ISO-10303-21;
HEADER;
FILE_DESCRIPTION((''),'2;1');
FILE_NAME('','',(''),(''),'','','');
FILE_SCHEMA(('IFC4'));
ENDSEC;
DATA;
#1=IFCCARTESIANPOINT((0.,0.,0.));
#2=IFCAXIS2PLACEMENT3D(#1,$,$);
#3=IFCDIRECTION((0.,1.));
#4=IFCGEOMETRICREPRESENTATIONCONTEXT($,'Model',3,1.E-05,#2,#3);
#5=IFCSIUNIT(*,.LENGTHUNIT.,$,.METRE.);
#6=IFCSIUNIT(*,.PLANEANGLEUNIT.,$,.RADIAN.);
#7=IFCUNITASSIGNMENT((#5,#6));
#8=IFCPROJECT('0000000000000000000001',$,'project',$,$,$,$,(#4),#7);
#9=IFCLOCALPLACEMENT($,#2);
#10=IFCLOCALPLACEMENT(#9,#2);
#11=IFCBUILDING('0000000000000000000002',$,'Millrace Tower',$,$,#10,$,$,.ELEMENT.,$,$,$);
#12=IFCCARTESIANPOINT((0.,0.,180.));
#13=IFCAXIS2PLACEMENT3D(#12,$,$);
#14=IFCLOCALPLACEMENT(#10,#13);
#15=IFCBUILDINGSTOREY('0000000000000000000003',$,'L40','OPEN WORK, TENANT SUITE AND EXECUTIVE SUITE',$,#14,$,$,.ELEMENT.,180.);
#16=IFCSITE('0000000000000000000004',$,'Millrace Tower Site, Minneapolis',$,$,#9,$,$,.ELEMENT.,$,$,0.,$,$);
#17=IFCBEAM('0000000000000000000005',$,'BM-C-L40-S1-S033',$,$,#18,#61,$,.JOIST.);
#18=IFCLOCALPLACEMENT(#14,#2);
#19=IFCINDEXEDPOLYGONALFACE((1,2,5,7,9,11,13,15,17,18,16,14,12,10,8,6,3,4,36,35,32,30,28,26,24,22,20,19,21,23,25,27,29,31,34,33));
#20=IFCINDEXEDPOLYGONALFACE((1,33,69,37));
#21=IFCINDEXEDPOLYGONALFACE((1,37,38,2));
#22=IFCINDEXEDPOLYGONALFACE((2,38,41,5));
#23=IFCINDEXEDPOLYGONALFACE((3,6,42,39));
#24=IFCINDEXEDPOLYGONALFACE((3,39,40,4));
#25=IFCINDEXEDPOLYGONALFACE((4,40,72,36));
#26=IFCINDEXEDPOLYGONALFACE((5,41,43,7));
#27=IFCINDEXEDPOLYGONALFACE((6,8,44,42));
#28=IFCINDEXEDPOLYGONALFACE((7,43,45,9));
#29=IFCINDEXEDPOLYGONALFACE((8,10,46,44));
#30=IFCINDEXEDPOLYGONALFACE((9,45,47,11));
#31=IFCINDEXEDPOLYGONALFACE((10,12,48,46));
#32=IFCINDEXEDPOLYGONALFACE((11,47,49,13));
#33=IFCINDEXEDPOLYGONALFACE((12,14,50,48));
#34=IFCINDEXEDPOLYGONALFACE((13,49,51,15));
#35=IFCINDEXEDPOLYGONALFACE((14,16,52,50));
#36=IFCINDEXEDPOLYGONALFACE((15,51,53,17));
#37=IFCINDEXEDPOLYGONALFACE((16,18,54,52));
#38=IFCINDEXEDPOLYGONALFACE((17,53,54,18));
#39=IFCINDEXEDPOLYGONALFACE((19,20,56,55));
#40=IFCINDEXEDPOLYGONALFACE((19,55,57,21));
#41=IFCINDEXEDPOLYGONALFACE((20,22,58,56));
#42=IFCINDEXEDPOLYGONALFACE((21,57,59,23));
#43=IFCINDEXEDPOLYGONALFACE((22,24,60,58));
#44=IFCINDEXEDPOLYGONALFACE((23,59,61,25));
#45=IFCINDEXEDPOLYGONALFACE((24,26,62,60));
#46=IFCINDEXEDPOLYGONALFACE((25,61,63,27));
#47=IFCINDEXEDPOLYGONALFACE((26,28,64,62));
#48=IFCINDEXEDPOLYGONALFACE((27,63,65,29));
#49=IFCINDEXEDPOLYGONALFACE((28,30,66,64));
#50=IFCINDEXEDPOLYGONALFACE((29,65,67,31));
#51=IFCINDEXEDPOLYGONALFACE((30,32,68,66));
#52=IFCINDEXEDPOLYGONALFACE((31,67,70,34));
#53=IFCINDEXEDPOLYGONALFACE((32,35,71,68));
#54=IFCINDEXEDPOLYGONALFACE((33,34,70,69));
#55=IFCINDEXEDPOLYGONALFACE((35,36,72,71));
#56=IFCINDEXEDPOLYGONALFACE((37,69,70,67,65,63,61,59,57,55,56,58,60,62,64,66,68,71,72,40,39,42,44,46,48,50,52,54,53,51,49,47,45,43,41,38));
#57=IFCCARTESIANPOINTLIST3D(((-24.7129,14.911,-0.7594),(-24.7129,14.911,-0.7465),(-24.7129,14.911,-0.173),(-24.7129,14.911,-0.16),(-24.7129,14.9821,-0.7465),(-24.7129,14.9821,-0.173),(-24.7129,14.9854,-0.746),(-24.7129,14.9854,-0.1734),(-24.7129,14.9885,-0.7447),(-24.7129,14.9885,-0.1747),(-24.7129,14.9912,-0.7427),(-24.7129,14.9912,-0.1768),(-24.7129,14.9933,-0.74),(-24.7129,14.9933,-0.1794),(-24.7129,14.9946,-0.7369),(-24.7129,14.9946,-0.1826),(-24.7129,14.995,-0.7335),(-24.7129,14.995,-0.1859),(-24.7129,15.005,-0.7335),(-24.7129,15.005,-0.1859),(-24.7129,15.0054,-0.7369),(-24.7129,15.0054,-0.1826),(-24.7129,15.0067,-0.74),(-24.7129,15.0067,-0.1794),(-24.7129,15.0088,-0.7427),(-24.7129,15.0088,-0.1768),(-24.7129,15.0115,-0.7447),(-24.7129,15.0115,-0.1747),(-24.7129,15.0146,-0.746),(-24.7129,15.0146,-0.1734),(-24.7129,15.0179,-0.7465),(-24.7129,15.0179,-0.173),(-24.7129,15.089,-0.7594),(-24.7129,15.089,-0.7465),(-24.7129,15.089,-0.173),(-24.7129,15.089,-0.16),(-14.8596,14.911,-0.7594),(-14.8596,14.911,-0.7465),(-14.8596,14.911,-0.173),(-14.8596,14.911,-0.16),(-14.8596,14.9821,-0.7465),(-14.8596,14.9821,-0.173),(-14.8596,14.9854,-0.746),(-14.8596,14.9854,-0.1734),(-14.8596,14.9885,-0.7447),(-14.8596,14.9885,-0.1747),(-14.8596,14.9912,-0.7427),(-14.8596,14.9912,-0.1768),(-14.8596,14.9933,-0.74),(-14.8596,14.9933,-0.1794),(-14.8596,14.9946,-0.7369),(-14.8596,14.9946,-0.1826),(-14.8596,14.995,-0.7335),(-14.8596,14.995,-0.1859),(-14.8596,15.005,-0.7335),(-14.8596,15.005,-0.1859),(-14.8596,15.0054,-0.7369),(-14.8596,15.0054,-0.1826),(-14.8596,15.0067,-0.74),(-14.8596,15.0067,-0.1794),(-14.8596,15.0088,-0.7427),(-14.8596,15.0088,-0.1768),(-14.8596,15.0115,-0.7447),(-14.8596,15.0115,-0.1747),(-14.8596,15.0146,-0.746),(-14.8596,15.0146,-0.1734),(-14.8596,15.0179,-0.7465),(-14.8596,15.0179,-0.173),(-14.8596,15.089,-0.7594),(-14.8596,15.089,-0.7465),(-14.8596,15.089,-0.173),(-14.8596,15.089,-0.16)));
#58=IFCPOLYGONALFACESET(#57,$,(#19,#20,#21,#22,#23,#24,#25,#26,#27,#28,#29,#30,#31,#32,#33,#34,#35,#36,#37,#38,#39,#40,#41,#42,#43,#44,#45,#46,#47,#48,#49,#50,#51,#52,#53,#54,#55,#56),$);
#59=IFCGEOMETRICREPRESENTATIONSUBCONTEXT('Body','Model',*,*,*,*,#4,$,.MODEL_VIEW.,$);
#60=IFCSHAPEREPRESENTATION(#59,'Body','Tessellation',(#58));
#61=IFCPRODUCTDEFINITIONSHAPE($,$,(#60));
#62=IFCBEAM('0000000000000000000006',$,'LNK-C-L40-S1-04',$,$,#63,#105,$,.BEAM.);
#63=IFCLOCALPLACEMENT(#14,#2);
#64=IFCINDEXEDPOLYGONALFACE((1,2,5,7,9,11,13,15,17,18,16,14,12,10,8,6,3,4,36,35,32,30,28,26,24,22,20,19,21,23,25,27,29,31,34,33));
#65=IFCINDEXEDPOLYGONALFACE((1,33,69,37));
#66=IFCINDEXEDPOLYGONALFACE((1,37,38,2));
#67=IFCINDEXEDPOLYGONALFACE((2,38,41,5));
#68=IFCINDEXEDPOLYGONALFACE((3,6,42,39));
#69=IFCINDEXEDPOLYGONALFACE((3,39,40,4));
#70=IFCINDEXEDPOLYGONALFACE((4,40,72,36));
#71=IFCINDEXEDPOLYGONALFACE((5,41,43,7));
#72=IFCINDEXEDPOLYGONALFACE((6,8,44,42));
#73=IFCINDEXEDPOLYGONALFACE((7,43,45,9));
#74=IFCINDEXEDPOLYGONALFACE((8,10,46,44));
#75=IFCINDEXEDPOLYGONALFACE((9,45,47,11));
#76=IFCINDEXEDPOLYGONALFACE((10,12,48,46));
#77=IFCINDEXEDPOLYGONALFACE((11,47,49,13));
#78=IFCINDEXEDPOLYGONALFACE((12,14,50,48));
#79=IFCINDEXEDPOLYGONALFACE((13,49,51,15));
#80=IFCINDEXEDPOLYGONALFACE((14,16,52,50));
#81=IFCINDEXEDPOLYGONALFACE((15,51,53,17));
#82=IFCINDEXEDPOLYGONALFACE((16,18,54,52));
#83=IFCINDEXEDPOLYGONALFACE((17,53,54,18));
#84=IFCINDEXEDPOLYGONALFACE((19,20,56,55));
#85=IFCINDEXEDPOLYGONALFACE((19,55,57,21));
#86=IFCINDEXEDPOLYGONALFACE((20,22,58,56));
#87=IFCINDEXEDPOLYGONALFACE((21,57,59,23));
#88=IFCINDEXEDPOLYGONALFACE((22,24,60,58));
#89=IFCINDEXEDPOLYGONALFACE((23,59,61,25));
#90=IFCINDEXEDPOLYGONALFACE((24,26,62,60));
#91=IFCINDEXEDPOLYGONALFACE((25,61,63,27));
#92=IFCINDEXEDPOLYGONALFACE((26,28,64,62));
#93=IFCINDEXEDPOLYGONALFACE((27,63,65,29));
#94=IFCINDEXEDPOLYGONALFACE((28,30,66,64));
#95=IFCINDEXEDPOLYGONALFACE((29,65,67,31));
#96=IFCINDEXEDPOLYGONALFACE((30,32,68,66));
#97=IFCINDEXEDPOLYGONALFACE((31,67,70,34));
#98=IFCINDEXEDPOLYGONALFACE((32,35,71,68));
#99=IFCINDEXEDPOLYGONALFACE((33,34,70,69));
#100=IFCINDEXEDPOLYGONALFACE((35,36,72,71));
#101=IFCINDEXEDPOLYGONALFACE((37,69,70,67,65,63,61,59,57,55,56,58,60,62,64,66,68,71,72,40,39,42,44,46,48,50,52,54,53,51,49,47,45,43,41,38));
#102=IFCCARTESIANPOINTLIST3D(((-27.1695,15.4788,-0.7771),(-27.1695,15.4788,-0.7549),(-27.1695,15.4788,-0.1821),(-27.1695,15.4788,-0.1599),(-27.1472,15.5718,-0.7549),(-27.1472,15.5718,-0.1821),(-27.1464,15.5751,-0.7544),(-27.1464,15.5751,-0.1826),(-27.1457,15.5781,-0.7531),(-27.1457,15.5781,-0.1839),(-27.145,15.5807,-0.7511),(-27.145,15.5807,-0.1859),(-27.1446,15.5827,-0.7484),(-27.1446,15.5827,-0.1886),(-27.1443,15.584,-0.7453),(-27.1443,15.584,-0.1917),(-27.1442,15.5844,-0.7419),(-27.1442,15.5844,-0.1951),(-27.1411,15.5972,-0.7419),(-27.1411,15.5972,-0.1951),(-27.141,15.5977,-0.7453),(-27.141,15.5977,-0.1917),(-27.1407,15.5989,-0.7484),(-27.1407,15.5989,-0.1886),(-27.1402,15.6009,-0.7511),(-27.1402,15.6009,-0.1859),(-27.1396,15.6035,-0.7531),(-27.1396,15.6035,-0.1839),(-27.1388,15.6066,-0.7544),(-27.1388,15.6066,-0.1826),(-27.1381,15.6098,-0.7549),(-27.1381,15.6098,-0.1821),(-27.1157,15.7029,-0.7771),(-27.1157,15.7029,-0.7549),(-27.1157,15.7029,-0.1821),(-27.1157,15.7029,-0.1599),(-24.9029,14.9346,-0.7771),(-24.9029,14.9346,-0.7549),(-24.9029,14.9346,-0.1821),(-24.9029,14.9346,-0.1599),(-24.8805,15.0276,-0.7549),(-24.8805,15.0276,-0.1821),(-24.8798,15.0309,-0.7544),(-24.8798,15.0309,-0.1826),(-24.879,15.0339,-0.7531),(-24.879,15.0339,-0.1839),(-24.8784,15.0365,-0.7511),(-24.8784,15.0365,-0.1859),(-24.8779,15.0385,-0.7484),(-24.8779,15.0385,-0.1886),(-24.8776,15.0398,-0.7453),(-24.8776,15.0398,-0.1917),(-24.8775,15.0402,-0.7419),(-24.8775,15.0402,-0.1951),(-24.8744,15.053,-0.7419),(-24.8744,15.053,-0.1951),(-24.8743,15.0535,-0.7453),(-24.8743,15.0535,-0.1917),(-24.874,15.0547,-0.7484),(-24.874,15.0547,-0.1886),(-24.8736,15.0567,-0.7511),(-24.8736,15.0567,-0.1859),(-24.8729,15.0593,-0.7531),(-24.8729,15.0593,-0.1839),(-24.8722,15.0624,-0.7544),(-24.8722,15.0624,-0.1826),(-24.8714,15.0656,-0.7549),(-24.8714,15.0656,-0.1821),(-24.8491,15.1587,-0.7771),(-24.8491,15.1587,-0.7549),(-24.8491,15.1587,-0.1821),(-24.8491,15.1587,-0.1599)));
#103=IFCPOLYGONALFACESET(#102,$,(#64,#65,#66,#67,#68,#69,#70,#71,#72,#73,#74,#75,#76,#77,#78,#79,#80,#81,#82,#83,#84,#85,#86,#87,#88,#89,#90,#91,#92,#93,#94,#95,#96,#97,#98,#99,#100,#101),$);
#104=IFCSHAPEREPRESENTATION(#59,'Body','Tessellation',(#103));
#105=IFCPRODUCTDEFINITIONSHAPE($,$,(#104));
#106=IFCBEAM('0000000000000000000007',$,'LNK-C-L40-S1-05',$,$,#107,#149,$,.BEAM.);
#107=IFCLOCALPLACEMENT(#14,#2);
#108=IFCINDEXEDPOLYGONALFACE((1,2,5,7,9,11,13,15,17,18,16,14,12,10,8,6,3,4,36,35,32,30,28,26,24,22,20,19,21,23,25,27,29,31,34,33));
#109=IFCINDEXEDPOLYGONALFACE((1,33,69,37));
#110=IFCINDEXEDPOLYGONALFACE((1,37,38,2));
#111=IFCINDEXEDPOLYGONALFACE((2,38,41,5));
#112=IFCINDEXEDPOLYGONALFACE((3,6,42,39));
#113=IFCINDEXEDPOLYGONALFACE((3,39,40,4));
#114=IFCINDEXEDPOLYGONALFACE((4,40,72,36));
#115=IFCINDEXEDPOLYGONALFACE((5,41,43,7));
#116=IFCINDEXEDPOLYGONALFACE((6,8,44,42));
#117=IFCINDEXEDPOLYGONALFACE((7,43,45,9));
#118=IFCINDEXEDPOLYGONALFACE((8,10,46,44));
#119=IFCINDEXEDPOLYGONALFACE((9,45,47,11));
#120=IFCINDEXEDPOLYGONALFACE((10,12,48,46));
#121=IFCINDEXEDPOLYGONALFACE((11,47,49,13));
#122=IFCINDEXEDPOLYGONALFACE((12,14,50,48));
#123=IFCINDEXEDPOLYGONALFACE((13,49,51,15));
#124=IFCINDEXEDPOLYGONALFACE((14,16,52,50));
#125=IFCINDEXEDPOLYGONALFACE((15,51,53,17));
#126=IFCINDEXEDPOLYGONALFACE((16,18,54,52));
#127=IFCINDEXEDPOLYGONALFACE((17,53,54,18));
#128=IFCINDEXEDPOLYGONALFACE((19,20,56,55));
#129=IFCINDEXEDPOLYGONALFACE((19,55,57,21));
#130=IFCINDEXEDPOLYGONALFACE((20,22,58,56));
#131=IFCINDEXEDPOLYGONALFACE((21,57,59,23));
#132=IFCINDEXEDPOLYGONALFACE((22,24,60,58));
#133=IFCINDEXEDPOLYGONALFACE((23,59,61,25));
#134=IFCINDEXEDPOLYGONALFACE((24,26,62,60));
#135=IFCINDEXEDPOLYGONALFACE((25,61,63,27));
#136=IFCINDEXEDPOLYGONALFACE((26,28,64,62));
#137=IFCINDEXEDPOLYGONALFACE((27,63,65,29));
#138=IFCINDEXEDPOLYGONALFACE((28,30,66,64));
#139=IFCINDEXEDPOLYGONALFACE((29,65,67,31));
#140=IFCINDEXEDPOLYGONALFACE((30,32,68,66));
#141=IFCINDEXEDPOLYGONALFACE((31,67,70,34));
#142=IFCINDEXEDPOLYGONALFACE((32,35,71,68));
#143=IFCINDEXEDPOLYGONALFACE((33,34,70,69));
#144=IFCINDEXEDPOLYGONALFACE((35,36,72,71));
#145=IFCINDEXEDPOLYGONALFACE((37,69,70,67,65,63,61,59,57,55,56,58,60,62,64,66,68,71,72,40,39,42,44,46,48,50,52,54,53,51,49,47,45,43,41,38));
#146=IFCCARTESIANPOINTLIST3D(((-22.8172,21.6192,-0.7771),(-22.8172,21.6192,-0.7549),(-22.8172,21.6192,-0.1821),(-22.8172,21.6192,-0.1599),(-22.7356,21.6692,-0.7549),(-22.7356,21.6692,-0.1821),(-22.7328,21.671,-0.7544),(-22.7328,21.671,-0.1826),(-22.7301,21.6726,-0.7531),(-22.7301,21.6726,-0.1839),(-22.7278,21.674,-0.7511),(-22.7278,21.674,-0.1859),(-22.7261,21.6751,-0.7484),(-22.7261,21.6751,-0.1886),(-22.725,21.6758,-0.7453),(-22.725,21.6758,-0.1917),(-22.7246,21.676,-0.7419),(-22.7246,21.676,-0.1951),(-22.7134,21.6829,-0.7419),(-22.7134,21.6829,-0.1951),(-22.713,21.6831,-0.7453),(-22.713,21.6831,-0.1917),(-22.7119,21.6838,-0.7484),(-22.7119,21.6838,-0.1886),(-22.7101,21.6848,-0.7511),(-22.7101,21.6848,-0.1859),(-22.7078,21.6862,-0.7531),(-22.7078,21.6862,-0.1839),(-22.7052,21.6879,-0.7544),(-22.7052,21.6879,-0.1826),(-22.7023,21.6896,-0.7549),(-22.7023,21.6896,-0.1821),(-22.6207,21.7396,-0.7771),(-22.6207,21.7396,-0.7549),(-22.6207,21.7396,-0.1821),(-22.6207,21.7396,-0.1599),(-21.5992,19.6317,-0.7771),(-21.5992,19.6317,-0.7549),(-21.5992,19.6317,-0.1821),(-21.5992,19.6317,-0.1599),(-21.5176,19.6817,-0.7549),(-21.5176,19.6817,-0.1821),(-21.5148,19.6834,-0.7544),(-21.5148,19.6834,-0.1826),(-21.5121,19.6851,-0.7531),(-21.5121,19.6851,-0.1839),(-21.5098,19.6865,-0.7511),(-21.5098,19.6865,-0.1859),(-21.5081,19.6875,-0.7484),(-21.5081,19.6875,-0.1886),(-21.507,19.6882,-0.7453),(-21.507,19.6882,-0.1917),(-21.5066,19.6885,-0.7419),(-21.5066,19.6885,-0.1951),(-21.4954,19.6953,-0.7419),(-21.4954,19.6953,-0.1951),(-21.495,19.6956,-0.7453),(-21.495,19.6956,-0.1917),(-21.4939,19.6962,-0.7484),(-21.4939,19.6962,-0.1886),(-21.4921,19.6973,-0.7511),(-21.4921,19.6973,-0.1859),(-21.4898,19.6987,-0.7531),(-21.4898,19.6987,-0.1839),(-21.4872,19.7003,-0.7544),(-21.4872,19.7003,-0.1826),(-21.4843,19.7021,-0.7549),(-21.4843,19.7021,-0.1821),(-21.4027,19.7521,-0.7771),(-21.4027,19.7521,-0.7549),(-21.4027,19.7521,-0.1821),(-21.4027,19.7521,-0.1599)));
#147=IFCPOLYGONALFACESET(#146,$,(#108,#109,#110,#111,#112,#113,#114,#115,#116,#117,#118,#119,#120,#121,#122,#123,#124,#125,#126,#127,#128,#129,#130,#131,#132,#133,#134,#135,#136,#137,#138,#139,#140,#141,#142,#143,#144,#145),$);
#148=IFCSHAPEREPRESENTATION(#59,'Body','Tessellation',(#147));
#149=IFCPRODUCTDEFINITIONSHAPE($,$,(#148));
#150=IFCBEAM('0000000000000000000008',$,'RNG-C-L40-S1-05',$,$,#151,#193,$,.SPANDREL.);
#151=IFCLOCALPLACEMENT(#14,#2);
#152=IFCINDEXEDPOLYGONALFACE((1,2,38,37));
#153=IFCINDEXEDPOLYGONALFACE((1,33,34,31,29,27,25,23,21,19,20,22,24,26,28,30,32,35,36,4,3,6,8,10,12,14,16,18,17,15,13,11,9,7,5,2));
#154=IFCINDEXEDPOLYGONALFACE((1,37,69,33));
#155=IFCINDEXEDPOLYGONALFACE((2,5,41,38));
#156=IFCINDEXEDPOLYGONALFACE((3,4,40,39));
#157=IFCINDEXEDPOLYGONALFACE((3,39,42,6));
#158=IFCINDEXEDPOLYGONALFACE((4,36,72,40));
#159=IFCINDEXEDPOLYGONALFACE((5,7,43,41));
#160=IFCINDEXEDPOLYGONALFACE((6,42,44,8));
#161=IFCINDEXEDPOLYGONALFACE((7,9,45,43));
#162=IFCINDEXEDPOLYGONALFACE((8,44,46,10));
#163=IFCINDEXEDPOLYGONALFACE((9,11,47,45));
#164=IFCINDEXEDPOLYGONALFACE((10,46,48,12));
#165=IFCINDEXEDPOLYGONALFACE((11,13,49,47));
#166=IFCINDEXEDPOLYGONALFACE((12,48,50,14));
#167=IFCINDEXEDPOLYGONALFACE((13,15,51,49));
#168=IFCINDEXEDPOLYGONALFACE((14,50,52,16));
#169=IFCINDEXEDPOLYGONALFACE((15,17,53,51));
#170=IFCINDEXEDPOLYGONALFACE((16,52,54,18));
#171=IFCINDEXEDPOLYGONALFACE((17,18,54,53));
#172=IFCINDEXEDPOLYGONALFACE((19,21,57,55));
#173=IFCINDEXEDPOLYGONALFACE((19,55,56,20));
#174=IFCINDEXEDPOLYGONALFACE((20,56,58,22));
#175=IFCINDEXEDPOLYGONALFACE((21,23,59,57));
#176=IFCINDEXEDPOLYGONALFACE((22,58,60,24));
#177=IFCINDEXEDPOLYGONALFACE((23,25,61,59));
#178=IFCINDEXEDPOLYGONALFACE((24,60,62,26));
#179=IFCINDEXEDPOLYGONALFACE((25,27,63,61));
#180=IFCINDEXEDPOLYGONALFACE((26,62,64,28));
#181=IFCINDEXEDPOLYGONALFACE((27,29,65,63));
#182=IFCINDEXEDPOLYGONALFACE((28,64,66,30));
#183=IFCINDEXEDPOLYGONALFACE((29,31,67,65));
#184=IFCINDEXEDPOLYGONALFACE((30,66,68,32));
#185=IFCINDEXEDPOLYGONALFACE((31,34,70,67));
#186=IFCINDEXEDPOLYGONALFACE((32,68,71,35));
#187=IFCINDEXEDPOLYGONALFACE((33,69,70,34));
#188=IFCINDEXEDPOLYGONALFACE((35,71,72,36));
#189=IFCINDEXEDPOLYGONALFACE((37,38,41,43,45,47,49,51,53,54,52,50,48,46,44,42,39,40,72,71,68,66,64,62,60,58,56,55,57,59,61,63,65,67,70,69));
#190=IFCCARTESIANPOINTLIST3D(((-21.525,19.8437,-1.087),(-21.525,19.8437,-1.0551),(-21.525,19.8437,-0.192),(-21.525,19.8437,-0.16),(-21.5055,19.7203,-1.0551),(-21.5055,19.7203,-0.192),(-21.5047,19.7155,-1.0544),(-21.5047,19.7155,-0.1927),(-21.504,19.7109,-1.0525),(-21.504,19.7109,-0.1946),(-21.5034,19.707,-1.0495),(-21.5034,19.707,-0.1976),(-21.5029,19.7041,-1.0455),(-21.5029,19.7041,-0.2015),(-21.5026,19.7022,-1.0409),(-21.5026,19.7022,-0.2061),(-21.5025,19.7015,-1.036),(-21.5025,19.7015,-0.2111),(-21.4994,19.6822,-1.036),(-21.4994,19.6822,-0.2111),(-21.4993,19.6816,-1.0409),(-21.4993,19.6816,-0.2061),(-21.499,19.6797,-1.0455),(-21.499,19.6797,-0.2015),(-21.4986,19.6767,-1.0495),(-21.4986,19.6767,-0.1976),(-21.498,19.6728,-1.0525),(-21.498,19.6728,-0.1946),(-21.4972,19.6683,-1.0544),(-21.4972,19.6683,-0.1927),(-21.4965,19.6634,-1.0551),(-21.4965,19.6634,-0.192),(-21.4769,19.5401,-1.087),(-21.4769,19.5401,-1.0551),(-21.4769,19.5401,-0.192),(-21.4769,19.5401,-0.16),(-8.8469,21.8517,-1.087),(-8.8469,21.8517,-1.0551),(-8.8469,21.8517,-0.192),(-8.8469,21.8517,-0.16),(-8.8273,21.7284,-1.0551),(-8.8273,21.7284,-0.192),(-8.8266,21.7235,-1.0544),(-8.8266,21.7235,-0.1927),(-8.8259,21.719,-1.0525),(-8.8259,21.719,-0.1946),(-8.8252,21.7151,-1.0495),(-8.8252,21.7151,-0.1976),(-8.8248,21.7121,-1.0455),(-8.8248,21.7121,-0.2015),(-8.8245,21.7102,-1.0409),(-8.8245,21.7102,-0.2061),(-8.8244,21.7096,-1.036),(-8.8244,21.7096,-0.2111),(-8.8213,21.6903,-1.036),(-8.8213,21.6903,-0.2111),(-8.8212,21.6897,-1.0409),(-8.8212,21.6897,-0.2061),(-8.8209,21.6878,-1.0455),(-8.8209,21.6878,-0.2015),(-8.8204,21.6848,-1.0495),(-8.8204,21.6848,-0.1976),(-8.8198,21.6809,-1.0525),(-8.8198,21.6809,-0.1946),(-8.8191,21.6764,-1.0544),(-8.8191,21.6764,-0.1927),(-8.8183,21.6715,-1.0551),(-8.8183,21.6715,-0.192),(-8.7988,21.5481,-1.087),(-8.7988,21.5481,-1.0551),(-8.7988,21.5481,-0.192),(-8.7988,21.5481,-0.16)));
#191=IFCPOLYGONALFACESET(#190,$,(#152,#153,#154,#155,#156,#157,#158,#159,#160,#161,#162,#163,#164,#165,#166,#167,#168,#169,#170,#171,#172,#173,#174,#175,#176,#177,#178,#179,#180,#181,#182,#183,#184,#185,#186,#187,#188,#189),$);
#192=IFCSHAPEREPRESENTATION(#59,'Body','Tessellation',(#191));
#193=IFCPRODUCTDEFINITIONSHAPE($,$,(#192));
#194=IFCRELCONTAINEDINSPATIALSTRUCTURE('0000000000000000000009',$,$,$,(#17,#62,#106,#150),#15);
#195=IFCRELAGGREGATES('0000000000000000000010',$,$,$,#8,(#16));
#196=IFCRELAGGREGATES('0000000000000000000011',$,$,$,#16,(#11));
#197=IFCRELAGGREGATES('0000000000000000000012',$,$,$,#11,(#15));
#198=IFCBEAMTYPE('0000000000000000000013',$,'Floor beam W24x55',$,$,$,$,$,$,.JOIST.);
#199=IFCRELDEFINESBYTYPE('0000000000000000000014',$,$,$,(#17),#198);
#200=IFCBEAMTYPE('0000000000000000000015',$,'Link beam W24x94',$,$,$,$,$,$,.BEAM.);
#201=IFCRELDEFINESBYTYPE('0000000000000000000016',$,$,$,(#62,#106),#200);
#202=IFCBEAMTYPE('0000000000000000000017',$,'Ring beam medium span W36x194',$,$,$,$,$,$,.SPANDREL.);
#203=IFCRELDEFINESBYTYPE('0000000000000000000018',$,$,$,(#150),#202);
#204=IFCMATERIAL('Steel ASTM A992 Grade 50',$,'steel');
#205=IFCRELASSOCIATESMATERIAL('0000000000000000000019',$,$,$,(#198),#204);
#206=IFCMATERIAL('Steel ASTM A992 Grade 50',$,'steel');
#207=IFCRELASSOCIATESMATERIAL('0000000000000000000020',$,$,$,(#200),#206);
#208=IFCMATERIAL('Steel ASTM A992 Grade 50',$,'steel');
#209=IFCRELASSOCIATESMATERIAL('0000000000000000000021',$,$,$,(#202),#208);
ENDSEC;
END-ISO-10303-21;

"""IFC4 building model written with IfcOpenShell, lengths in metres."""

from ifc_helpers import new_model, si_unit, direction, frame, origin, origin_2d, place, context, subcontext, project, spatial, i_section, extrude, material, material_profile, profile_set, type_object, element, save


model = new_model("IFC4")

# Units and contexts
model_context = context("Model", 3, precision=1e-05, world=origin(), true_north=direction((0.0, 1.0)))
body_context = subcontext(model_context, "Body", "Model", "MODEL_VIEW")
ifc_project = project(units=[si_unit("LENGTHUNIT", "METRE"), si_unit("PLANEANGLEUNIT", "RADIAN")], contexts=[model_context])

# Site, building, storey
site_placement = place(None, origin())
site = spatial("IfcSite", under=ifc_project, at=site_placement, Name="Millrace Tower Site, Minneapolis", CompositionType="ELEMENT", RefElevation=0.0)
building_placement = place(site_placement, origin())
building = spatial("IfcBuilding", under=site, at=building_placement, Name="Millrace Tower", CompositionType="ELEMENT")
storey_placement = place(building_placement, frame((0.0, 0.0, 180.0)))
storey = spatial("IfcBuildingStorey", under=building, at=storey_placement, Name="L40", Description="OPEN WORK, TENANT SUITE AND EXECUTIVE SUITE", CompositionType="ELEMENT", Elevation=180.0)

# Beams
ifc_material_1 = material(Name="Steel ASTM A992 Grade 50", Category="steel")
ifc_material_profile_1 = material_profile(ifc_material_1, i_section(OverallWidth=0.178, OverallDepth=0.5994, WebThickness=0.01, FlangeThickness=0.0129, FilletRadius=0.0129, at=origin_2d()))
ifc_profile_set_1 = profile_set([ifc_material_profile_1], Name="Steel ASTM A992 Grade 50")
beam_type_1 = type_object("IfcBeamType", Name="Floor beam W24x55", PredefinedType="JOIST", material=ifc_profile_set_1)
beam_1_placement = place(storey_placement, frame((-24.7129, 15.0, -0.4597), z_axis=(1.0, 0.0, 0.0), x_axis=(0.0, 1.0, 0.0)))
element("IfcBeam", 1, at=beam_1_placement, inside=storey, type_object=beam_type_1, Name="BM-C-L40-S1-S033", PredefinedType="JOIST", context=body_context, shape_type="SweptSolid", body=[
    extrude(i_section(OverallWidth=0.178, OverallDepth=0.5994, WebThickness=0.01, FlangeThickness=0.0129, FilletRadius=0.0129, at=origin_2d()), origin(), (0.0, 0.0, 1.0), 9.8533),
])
ifc_material_2 = material(Name="Steel ASTM A992 Grade 50", Category="steel")
ifc_material_profile_2 = material_profile(ifc_material_2, i_section(OverallWidth=0.2305, OverallDepth=0.6172, WebThickness=0.0132, FlangeThickness=0.0222, FilletRadius=0.0129, at=origin_2d()))
ifc_profile_set_2 = profile_set([ifc_material_profile_2], Name="Steel ASTM A992 Grade 50")
beam_type_2 = type_object("IfcBeamType", Name="Link beam W24x94", PredefinedType="BEAM", material=ifc_profile_set_2)
for number, where, z_axis, x_axis, name in (
    (2, (-24.876, 15.0466, -0.4685), (-0.972367, 0.233456, 0.0), (-0.233456, -0.972367, 0.0), "LNK-C-L40-S1-04"),
    (3, (-21.501, 19.6919, -0.4685), (-0.522513, 0.852631, 0.0), (-0.852631, -0.522513, 0.0), "LNK-C-L40-S1-05"),
):
    element("IfcBeam", number, at=place(storey_placement, frame(where, z_axis=z_axis, x_axis=x_axis)), inside=storey, type_object=beam_type_2, Name=name, PredefinedType="BEAM", context=body_context, shape_type="SweptSolid", body=[
        extrude(i_section(OverallWidth=0.2305, OverallDepth=0.6172, WebThickness=0.0132, FlangeThickness=0.0222, FilletRadius=0.0129, at=origin_2d()), origin(), (0.0, 0.0, 1.0), 2.3311),
    ])
ifc_material_3 = material(Name="Steel ASTM A992 Grade 50", Category="steel")
ifc_material_profile_3 = material_profile(ifc_material_3, i_section(OverallWidth=0.3074, OverallDepth=0.927, WebThickness=0.0195, FlangeThickness=0.032, FilletRadius=0.019, at=origin_2d()))
ifc_profile_set_3 = profile_set([ifc_material_profile_3], Name="Steel ASTM A992 Grade 50")
beam_type_3 = type_object("IfcBeamType", Name="Ring beam medium span W36x194", PredefinedType="SPANDREL", material=ifc_profile_set_3)
beam_2_placement = place(storey_placement, frame((-21.501, 19.6919, -0.6235), z_axis=(0.987688, 0.156436, 0.0), x_axis=(-0.156436, 0.987688, 0.0)))
element("IfcBeam", 4, at=beam_2_placement, inside=storey, type_object=beam_type_3, Name="RNG-C-L40-S1-05", PredefinedType="SPANDREL", context=body_context, shape_type="SweptSolid", body=[
    extrude(i_section(OverallWidth=0.3074, OverallDepth=0.927, WebThickness=0.0195, FlangeThickness=0.032, FilletRadius=0.019, at=origin_2d()), origin(), (0.0, 0.0, 1.0), 12.8362),
])

save(model, "model.ifc")
